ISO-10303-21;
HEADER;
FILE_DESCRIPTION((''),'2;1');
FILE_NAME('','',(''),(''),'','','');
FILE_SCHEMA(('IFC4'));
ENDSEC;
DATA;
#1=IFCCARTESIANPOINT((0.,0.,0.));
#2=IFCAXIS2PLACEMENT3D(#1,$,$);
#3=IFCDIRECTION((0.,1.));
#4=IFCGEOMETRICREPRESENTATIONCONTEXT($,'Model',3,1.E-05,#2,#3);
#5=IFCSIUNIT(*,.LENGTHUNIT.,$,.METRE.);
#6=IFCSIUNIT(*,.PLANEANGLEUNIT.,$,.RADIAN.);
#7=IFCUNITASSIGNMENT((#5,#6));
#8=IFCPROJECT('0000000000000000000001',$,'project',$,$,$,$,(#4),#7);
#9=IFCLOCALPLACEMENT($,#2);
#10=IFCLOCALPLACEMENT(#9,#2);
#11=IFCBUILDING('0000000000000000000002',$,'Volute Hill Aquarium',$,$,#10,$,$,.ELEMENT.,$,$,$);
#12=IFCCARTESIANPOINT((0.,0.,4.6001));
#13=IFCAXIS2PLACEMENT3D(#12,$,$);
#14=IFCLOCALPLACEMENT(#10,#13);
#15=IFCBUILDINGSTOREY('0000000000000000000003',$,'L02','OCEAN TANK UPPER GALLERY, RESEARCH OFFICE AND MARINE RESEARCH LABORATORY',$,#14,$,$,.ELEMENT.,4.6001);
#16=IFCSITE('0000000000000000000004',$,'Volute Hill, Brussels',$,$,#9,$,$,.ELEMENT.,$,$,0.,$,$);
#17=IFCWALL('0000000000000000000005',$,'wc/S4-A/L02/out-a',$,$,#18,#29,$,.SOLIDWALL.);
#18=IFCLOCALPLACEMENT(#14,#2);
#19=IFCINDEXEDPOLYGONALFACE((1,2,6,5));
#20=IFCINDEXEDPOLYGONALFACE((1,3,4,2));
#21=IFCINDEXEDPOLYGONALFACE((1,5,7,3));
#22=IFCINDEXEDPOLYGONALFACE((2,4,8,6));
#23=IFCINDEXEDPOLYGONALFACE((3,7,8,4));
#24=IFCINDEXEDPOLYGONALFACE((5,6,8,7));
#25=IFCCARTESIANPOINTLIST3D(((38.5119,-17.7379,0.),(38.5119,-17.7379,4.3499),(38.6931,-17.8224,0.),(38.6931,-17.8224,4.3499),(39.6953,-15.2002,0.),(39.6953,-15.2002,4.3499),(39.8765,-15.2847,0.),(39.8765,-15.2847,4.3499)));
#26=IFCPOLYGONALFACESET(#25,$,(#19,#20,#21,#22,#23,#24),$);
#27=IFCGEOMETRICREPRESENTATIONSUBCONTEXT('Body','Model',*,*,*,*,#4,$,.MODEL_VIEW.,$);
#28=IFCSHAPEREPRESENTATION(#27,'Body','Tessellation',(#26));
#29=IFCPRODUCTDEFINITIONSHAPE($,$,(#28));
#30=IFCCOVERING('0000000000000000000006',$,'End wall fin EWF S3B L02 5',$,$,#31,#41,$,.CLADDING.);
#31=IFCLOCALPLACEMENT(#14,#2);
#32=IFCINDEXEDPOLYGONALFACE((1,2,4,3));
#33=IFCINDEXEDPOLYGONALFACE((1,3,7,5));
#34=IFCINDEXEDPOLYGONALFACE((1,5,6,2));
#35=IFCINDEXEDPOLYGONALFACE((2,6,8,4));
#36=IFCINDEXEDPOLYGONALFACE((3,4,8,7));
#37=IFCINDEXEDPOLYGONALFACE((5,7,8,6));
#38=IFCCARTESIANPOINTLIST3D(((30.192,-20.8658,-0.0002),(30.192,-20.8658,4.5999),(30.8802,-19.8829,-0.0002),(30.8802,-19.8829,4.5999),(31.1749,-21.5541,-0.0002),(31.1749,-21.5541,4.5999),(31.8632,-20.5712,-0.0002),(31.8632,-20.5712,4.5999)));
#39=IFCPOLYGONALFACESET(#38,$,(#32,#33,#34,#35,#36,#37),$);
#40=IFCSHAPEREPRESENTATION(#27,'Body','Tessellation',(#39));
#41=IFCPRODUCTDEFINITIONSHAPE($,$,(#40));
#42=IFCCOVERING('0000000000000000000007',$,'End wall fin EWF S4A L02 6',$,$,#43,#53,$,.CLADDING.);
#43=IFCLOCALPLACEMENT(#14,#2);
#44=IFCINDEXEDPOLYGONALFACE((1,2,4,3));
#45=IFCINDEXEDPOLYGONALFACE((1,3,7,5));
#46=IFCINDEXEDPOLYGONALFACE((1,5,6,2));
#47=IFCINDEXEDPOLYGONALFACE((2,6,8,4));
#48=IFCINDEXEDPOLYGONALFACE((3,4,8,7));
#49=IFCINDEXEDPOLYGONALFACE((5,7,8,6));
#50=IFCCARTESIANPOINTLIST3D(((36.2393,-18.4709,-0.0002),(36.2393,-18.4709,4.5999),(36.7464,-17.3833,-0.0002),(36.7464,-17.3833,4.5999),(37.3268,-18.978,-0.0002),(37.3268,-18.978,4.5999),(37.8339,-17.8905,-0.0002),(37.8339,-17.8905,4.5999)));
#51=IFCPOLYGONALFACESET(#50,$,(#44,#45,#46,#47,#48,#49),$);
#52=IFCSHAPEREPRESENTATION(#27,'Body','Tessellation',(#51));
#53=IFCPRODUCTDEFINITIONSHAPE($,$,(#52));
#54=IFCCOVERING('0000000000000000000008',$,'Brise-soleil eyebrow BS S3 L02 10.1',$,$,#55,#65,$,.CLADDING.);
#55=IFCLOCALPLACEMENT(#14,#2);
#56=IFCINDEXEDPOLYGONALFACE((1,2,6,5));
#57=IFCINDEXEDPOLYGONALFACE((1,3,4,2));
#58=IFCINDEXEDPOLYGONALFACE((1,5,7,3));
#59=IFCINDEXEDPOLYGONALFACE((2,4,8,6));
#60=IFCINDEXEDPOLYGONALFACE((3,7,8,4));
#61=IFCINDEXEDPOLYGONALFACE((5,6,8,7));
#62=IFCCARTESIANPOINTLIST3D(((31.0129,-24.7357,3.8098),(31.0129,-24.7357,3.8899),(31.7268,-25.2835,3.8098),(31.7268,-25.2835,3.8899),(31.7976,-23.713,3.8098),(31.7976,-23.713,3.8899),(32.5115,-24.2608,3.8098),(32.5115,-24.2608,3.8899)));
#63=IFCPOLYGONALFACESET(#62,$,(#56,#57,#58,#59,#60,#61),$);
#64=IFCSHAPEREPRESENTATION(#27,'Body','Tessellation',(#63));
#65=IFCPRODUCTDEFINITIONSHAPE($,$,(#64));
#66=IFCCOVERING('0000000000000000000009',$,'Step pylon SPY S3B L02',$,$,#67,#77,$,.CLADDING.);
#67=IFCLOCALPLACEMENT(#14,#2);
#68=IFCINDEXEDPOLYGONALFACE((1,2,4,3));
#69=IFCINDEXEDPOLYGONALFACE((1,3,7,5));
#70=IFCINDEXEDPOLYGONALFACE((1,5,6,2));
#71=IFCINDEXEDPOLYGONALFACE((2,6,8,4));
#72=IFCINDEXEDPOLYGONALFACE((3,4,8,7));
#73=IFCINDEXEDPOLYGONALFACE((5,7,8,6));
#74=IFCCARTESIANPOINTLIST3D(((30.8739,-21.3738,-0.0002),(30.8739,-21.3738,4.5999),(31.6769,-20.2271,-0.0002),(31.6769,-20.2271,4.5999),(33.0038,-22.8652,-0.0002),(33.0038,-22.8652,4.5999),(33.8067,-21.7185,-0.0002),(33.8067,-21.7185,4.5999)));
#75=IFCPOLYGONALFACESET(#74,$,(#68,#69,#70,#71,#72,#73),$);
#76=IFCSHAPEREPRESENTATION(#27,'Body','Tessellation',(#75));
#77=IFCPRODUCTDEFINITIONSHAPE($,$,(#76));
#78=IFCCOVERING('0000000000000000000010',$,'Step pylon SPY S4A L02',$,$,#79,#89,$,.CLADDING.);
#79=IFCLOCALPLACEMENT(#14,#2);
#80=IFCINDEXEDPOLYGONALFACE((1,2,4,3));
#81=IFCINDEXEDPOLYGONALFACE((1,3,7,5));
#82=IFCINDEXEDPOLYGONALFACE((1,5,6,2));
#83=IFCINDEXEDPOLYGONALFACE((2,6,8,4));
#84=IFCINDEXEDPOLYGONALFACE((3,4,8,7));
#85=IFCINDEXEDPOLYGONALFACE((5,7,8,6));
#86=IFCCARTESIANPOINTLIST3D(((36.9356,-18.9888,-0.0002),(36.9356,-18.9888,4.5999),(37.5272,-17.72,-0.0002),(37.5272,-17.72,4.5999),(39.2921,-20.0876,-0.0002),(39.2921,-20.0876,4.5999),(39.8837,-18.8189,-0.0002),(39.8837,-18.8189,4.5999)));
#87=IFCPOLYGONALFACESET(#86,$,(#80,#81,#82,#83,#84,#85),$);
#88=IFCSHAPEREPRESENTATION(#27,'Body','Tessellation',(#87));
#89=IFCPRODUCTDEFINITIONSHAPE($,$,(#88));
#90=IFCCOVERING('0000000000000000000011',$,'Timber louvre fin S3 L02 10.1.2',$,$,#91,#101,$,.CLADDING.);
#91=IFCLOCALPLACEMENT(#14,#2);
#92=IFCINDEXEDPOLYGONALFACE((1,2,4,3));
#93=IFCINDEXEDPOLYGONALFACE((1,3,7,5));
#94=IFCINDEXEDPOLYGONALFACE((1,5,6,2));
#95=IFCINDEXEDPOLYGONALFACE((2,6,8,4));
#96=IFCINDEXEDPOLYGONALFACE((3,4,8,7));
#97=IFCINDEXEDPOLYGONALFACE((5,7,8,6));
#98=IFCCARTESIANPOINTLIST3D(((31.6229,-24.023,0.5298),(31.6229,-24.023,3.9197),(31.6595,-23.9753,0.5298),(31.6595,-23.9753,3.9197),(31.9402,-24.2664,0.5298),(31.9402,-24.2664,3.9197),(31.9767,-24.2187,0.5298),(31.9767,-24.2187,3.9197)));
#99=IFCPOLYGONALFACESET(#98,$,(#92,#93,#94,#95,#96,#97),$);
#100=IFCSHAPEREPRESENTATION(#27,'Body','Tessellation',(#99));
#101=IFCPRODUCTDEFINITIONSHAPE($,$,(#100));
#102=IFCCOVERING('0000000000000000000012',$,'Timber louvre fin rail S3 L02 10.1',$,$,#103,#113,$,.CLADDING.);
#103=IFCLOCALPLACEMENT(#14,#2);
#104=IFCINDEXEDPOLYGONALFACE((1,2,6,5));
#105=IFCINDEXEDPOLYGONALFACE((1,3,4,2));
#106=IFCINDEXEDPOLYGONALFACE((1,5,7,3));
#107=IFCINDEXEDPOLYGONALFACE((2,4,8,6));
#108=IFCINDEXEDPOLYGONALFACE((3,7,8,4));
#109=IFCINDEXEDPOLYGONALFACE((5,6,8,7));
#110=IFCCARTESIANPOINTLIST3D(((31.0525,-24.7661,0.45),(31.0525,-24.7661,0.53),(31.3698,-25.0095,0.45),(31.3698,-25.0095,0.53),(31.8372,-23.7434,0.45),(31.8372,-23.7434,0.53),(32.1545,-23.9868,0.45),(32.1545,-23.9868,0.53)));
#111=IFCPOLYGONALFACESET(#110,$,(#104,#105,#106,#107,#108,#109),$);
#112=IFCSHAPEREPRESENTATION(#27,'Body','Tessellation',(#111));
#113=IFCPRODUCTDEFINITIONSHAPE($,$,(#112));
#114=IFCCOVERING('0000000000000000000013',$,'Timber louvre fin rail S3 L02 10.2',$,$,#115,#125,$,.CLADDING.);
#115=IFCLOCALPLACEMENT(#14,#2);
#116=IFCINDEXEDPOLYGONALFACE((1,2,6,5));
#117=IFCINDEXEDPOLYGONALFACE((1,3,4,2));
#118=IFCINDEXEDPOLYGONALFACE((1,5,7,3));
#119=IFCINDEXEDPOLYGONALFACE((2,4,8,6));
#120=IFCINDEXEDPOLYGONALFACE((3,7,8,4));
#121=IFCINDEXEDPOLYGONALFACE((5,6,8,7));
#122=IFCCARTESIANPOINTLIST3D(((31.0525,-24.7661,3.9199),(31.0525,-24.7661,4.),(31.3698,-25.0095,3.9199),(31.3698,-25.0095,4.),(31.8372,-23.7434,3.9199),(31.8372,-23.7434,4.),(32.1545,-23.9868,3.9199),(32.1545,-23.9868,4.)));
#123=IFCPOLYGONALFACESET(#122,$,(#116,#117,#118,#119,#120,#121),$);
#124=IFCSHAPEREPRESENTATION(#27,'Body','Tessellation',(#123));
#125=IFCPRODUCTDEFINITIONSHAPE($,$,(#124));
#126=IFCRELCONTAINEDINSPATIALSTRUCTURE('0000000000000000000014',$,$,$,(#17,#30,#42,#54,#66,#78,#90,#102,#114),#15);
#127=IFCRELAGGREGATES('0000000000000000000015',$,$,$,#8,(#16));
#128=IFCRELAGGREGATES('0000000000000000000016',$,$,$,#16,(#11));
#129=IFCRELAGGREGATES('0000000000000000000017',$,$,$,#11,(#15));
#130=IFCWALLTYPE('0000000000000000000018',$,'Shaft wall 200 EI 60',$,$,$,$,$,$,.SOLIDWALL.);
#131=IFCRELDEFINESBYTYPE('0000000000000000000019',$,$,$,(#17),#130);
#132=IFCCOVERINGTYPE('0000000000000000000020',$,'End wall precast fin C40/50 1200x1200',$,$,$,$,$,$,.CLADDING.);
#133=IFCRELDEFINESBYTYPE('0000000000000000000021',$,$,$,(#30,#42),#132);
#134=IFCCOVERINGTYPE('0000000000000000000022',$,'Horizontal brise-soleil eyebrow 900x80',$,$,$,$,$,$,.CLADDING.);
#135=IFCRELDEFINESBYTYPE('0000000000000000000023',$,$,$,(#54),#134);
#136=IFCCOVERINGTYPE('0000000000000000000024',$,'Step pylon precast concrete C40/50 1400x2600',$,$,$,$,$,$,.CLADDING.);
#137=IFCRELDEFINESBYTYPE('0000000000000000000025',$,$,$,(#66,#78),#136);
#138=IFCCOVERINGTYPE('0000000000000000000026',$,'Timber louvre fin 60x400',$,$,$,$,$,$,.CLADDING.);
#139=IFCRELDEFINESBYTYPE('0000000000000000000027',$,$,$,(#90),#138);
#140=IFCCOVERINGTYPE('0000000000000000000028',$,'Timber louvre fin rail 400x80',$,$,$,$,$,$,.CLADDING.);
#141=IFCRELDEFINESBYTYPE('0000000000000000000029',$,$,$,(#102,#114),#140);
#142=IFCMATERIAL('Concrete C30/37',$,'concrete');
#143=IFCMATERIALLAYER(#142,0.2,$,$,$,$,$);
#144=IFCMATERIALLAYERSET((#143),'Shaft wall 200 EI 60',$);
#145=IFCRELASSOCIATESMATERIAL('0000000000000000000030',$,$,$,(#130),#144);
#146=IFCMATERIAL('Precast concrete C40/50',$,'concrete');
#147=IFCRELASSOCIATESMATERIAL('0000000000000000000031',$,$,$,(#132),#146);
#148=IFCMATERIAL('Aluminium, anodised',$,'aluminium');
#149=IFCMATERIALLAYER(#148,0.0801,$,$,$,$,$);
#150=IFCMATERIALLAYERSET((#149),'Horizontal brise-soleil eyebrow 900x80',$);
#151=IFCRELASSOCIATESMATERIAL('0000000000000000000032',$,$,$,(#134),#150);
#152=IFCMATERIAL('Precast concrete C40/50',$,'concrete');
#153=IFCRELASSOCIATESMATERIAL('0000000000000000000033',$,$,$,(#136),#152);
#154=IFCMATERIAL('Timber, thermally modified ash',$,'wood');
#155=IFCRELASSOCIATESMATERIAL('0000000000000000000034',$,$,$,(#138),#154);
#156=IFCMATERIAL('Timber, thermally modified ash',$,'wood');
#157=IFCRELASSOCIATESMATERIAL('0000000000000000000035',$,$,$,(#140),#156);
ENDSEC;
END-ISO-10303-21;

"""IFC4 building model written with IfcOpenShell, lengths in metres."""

from ifc_helpers import new_model, si_unit, direction, frame, frame_2d, origin, origin_2d, place, context, subcontext, project, spatial, rectangle, extrude, material, layer, layer_set, type_object, element, save


model = new_model("IFC4")

# Units and contexts
model_context = context("Model", 3, precision=1e-05, world=origin(), true_north=direction((0.0, 1.0)))
body_context = subcontext(model_context, "Body", "Model", "MODEL_VIEW")
ifc_project = project(units=[si_unit("LENGTHUNIT", "METRE"), si_unit("PLANEANGLEUNIT", "RADIAN")], contexts=[model_context])

# Site, building, storey
site_placement = place(None, origin())
site = spatial("IfcSite", under=ifc_project, at=site_placement, Name="Volute Hill, Brussels", CompositionType="ELEMENT", RefElevation=0.0)
building_placement = place(site_placement, origin())
building = spatial("IfcBuilding", under=site, at=building_placement, Name="Volute Hill Aquarium", CompositionType="ELEMENT")
storey_placement = place(building_placement, frame((0.0, 0.0, 4.6001)))
storey = spatial("IfcBuildingStorey", under=building, at=storey_placement, Name="L02", Description="OCEAN TANK UPPER GALLERY, RESEARCH OFFICE AND MARINE RESEARCH LABORATORY", CompositionType="ELEMENT", Elevation=4.6001)

# Wall
ifc_material_1 = material(Name="Concrete C30/37", Category="concrete")
ifc_layer_1 = layer(ifc_material_1, 0.2)
ifc_layer_set_1 = layer_set([ifc_layer_1], Name="Shaft wall 200 EI 60")
wall_type_1 = type_object("IfcWallType", Name="Shaft wall 200 EI 60", PredefinedType="SOLIDWALL", material=ifc_layer_set_1)
wall_1_placement = place(storey_placement, frame((38.6025, -17.78, 0.0), z_axis=(0.0, 0.0, 1.0), x_axis=(0.422632, 0.906301, 0.0)))
element("IfcWall", 1, at=wall_1_placement, inside=storey, type_object=wall_type_1, Name="wc/S4-A/L02/out-a", PredefinedType="SOLIDWALL", context=body_context, shape_type="SweptSolid", body=[
    extrude(rectangle(XDim=2.8, YDim=0.2, at=frame_2d((1.3999, 0.0))), origin(), (0.0, 0.0, 1.0), 4.3499),
])

# Coverings
ifc_material_2 = material(Name="Precast concrete C40/50", Category="concrete")
covering_type_1 = type_object("IfcCoveringType", Name="End wall precast fin C40/50 1200x1200", PredefinedType="CLADDING", material=ifc_material_2)
for number, where, z_axis, x_axis, name in (
    (2, (31.0276, -20.7185, -0.0002), (0.0, 0.0, 1.0), (0.819152, -0.573576, 0.0), "End wall fin EWF S3B L02 5"),
    (3, (37.0366, -18.1807, -0.0002), (0.0, 0.0, 1.0), (0.906309, -0.422616, 0.0), "End wall fin EWF S4A L02 6"),
):
    element("IfcCovering", number, at=place(storey_placement, frame(where, z_axis=z_axis, x_axis=x_axis)), inside=storey, type_object=covering_type_1, Name=name, PredefinedType="CLADDING", context=body_context, shape_type="SweptSolid", body=[
        extrude(rectangle(XDim=1.2, YDim=1.2, at=origin_2d()), origin(), (0.0, 0.0, 1.0), 4.6001),
    ])
ifc_material_3 = material(Name="Aluminium, anodised", Category="aluminium")
ifc_layer_2 = layer(ifc_material_3, 0.0801)
ifc_layer_set_2 = layer_set([ifc_layer_2], Name="Horizontal brise-soleil eyebrow 900x80")
covering_type_2 = type_object("IfcCoveringType", Name="Horizontal brise-soleil eyebrow 900x80", PredefinedType="CLADDING", material=ifc_layer_set_2)
covering_1_placement = place(storey_placement, frame((31.7622, -24.4983, 3.8098), z_axis=(0.0, 0.0, 1.0), x_axis=(0.608746, 0.793365, 0.0)))
element("IfcCovering", 4, at=covering_1_placement, inside=storey, type_object=covering_type_2, Name="Brise-soleil eyebrow BS S3 L02 10.1", PredefinedType="CLADDING", context=body_context, shape_type="SweptSolid", body=[
    extrude(rectangle(XDim=1.2891, YDim=0.8999, at=origin_2d()), origin(), (0.0, 0.0, 1.0), 0.0801),
])
ifc_material_4 = material(Name="Precast concrete C40/50", Category="concrete")
covering_type_3 = type_object("IfcCoveringType", Name="Step pylon precast concrete C40/50 1400x2600", PredefinedType="CLADDING", material=ifc_material_4)
for number, where, z_axis, x_axis, name in (
    (5, (32.3403, -21.5461, -0.0002), (0.0, 0.0, 1.0), (0.819152, -0.573576, 0.0), "Step pylon SPY S3B L02"),
    (6, (38.4097, -18.9038, -0.0002), (0.0, 0.0, 1.0), (0.906308, -0.422618, 0.0), "Step pylon SPY S4A L02"),
):
    element("IfcCovering", number, at=place(storey_placement, frame(where, z_axis=z_axis, x_axis=x_axis)), inside=storey, type_object=covering_type_3, Name=name, PredefinedType="CLADDING", context=body_context, shape_type="SweptSolid", body=[
        extrude(rectangle(XDim=2.6001, YDim=1.3999, at=origin_2d()), origin(), (0.0, 0.0, 1.0), 4.6001),
    ])
ifc_material_5 = material(Name="Timber, thermally modified ash", Category="wood")
covering_type_4 = type_object("IfcCoveringType", Name="Timber louvre fin 60x400", PredefinedType="CLADDING", material=ifc_material_5)
covering_2_placement = place(storey_placement, frame((31.7998, -24.1208, 0.5298), z_axis=(0.0, 0.0, 1.0), x_axis=(0.608746, 0.793365, 0.0)))
element("IfcCovering", 7, at=covering_2_placement, inside=storey, type_object=covering_type_4, Name="Timber louvre fin S3 L02 10.1.2", PredefinedType="CLADDING", context=body_context, shape_type="SweptSolid", body=[
    extrude(rectangle(XDim=0.0601, YDim=0.3999, at=origin_2d()), origin(), (0.0, 0.0, 1.0), 3.3899),
])
ifc_material_6 = material(Name="Timber, thermally modified ash", Category="wood")
covering_type_5 = type_object("IfcCoveringType", Name="Timber louvre fin rail 400x80", PredefinedType="CLADDING", material=ifc_material_6)
for number, where, z_axis, x_axis, name in (
    (8, (31.6035, -24.3765, 0.45), (0.0, 0.0, 1.0), (0.608746, 0.793365, 0.0), "Timber louvre fin rail S3 L02 10.1"),
    (9, (31.6035, -24.3765, 3.9199), (0.0, 0.0, 1.0), (0.608746, 0.793365, 0.0), "Timber louvre fin rail S3 L02 10.2"),
):
    element("IfcCovering", number, at=place(storey_placement, frame(where, z_axis=z_axis, x_axis=x_axis)), inside=storey, type_object=covering_type_5, Name=name, PredefinedType="CLADDING", context=body_context, shape_type="SweptSolid", body=[
        extrude(rectangle(XDim=1.2891, YDim=0.3999, at=origin_2d()), origin(), (0.0, 0.0, 1.0), 0.0801),
    ])

save(model, "model.ifc")
